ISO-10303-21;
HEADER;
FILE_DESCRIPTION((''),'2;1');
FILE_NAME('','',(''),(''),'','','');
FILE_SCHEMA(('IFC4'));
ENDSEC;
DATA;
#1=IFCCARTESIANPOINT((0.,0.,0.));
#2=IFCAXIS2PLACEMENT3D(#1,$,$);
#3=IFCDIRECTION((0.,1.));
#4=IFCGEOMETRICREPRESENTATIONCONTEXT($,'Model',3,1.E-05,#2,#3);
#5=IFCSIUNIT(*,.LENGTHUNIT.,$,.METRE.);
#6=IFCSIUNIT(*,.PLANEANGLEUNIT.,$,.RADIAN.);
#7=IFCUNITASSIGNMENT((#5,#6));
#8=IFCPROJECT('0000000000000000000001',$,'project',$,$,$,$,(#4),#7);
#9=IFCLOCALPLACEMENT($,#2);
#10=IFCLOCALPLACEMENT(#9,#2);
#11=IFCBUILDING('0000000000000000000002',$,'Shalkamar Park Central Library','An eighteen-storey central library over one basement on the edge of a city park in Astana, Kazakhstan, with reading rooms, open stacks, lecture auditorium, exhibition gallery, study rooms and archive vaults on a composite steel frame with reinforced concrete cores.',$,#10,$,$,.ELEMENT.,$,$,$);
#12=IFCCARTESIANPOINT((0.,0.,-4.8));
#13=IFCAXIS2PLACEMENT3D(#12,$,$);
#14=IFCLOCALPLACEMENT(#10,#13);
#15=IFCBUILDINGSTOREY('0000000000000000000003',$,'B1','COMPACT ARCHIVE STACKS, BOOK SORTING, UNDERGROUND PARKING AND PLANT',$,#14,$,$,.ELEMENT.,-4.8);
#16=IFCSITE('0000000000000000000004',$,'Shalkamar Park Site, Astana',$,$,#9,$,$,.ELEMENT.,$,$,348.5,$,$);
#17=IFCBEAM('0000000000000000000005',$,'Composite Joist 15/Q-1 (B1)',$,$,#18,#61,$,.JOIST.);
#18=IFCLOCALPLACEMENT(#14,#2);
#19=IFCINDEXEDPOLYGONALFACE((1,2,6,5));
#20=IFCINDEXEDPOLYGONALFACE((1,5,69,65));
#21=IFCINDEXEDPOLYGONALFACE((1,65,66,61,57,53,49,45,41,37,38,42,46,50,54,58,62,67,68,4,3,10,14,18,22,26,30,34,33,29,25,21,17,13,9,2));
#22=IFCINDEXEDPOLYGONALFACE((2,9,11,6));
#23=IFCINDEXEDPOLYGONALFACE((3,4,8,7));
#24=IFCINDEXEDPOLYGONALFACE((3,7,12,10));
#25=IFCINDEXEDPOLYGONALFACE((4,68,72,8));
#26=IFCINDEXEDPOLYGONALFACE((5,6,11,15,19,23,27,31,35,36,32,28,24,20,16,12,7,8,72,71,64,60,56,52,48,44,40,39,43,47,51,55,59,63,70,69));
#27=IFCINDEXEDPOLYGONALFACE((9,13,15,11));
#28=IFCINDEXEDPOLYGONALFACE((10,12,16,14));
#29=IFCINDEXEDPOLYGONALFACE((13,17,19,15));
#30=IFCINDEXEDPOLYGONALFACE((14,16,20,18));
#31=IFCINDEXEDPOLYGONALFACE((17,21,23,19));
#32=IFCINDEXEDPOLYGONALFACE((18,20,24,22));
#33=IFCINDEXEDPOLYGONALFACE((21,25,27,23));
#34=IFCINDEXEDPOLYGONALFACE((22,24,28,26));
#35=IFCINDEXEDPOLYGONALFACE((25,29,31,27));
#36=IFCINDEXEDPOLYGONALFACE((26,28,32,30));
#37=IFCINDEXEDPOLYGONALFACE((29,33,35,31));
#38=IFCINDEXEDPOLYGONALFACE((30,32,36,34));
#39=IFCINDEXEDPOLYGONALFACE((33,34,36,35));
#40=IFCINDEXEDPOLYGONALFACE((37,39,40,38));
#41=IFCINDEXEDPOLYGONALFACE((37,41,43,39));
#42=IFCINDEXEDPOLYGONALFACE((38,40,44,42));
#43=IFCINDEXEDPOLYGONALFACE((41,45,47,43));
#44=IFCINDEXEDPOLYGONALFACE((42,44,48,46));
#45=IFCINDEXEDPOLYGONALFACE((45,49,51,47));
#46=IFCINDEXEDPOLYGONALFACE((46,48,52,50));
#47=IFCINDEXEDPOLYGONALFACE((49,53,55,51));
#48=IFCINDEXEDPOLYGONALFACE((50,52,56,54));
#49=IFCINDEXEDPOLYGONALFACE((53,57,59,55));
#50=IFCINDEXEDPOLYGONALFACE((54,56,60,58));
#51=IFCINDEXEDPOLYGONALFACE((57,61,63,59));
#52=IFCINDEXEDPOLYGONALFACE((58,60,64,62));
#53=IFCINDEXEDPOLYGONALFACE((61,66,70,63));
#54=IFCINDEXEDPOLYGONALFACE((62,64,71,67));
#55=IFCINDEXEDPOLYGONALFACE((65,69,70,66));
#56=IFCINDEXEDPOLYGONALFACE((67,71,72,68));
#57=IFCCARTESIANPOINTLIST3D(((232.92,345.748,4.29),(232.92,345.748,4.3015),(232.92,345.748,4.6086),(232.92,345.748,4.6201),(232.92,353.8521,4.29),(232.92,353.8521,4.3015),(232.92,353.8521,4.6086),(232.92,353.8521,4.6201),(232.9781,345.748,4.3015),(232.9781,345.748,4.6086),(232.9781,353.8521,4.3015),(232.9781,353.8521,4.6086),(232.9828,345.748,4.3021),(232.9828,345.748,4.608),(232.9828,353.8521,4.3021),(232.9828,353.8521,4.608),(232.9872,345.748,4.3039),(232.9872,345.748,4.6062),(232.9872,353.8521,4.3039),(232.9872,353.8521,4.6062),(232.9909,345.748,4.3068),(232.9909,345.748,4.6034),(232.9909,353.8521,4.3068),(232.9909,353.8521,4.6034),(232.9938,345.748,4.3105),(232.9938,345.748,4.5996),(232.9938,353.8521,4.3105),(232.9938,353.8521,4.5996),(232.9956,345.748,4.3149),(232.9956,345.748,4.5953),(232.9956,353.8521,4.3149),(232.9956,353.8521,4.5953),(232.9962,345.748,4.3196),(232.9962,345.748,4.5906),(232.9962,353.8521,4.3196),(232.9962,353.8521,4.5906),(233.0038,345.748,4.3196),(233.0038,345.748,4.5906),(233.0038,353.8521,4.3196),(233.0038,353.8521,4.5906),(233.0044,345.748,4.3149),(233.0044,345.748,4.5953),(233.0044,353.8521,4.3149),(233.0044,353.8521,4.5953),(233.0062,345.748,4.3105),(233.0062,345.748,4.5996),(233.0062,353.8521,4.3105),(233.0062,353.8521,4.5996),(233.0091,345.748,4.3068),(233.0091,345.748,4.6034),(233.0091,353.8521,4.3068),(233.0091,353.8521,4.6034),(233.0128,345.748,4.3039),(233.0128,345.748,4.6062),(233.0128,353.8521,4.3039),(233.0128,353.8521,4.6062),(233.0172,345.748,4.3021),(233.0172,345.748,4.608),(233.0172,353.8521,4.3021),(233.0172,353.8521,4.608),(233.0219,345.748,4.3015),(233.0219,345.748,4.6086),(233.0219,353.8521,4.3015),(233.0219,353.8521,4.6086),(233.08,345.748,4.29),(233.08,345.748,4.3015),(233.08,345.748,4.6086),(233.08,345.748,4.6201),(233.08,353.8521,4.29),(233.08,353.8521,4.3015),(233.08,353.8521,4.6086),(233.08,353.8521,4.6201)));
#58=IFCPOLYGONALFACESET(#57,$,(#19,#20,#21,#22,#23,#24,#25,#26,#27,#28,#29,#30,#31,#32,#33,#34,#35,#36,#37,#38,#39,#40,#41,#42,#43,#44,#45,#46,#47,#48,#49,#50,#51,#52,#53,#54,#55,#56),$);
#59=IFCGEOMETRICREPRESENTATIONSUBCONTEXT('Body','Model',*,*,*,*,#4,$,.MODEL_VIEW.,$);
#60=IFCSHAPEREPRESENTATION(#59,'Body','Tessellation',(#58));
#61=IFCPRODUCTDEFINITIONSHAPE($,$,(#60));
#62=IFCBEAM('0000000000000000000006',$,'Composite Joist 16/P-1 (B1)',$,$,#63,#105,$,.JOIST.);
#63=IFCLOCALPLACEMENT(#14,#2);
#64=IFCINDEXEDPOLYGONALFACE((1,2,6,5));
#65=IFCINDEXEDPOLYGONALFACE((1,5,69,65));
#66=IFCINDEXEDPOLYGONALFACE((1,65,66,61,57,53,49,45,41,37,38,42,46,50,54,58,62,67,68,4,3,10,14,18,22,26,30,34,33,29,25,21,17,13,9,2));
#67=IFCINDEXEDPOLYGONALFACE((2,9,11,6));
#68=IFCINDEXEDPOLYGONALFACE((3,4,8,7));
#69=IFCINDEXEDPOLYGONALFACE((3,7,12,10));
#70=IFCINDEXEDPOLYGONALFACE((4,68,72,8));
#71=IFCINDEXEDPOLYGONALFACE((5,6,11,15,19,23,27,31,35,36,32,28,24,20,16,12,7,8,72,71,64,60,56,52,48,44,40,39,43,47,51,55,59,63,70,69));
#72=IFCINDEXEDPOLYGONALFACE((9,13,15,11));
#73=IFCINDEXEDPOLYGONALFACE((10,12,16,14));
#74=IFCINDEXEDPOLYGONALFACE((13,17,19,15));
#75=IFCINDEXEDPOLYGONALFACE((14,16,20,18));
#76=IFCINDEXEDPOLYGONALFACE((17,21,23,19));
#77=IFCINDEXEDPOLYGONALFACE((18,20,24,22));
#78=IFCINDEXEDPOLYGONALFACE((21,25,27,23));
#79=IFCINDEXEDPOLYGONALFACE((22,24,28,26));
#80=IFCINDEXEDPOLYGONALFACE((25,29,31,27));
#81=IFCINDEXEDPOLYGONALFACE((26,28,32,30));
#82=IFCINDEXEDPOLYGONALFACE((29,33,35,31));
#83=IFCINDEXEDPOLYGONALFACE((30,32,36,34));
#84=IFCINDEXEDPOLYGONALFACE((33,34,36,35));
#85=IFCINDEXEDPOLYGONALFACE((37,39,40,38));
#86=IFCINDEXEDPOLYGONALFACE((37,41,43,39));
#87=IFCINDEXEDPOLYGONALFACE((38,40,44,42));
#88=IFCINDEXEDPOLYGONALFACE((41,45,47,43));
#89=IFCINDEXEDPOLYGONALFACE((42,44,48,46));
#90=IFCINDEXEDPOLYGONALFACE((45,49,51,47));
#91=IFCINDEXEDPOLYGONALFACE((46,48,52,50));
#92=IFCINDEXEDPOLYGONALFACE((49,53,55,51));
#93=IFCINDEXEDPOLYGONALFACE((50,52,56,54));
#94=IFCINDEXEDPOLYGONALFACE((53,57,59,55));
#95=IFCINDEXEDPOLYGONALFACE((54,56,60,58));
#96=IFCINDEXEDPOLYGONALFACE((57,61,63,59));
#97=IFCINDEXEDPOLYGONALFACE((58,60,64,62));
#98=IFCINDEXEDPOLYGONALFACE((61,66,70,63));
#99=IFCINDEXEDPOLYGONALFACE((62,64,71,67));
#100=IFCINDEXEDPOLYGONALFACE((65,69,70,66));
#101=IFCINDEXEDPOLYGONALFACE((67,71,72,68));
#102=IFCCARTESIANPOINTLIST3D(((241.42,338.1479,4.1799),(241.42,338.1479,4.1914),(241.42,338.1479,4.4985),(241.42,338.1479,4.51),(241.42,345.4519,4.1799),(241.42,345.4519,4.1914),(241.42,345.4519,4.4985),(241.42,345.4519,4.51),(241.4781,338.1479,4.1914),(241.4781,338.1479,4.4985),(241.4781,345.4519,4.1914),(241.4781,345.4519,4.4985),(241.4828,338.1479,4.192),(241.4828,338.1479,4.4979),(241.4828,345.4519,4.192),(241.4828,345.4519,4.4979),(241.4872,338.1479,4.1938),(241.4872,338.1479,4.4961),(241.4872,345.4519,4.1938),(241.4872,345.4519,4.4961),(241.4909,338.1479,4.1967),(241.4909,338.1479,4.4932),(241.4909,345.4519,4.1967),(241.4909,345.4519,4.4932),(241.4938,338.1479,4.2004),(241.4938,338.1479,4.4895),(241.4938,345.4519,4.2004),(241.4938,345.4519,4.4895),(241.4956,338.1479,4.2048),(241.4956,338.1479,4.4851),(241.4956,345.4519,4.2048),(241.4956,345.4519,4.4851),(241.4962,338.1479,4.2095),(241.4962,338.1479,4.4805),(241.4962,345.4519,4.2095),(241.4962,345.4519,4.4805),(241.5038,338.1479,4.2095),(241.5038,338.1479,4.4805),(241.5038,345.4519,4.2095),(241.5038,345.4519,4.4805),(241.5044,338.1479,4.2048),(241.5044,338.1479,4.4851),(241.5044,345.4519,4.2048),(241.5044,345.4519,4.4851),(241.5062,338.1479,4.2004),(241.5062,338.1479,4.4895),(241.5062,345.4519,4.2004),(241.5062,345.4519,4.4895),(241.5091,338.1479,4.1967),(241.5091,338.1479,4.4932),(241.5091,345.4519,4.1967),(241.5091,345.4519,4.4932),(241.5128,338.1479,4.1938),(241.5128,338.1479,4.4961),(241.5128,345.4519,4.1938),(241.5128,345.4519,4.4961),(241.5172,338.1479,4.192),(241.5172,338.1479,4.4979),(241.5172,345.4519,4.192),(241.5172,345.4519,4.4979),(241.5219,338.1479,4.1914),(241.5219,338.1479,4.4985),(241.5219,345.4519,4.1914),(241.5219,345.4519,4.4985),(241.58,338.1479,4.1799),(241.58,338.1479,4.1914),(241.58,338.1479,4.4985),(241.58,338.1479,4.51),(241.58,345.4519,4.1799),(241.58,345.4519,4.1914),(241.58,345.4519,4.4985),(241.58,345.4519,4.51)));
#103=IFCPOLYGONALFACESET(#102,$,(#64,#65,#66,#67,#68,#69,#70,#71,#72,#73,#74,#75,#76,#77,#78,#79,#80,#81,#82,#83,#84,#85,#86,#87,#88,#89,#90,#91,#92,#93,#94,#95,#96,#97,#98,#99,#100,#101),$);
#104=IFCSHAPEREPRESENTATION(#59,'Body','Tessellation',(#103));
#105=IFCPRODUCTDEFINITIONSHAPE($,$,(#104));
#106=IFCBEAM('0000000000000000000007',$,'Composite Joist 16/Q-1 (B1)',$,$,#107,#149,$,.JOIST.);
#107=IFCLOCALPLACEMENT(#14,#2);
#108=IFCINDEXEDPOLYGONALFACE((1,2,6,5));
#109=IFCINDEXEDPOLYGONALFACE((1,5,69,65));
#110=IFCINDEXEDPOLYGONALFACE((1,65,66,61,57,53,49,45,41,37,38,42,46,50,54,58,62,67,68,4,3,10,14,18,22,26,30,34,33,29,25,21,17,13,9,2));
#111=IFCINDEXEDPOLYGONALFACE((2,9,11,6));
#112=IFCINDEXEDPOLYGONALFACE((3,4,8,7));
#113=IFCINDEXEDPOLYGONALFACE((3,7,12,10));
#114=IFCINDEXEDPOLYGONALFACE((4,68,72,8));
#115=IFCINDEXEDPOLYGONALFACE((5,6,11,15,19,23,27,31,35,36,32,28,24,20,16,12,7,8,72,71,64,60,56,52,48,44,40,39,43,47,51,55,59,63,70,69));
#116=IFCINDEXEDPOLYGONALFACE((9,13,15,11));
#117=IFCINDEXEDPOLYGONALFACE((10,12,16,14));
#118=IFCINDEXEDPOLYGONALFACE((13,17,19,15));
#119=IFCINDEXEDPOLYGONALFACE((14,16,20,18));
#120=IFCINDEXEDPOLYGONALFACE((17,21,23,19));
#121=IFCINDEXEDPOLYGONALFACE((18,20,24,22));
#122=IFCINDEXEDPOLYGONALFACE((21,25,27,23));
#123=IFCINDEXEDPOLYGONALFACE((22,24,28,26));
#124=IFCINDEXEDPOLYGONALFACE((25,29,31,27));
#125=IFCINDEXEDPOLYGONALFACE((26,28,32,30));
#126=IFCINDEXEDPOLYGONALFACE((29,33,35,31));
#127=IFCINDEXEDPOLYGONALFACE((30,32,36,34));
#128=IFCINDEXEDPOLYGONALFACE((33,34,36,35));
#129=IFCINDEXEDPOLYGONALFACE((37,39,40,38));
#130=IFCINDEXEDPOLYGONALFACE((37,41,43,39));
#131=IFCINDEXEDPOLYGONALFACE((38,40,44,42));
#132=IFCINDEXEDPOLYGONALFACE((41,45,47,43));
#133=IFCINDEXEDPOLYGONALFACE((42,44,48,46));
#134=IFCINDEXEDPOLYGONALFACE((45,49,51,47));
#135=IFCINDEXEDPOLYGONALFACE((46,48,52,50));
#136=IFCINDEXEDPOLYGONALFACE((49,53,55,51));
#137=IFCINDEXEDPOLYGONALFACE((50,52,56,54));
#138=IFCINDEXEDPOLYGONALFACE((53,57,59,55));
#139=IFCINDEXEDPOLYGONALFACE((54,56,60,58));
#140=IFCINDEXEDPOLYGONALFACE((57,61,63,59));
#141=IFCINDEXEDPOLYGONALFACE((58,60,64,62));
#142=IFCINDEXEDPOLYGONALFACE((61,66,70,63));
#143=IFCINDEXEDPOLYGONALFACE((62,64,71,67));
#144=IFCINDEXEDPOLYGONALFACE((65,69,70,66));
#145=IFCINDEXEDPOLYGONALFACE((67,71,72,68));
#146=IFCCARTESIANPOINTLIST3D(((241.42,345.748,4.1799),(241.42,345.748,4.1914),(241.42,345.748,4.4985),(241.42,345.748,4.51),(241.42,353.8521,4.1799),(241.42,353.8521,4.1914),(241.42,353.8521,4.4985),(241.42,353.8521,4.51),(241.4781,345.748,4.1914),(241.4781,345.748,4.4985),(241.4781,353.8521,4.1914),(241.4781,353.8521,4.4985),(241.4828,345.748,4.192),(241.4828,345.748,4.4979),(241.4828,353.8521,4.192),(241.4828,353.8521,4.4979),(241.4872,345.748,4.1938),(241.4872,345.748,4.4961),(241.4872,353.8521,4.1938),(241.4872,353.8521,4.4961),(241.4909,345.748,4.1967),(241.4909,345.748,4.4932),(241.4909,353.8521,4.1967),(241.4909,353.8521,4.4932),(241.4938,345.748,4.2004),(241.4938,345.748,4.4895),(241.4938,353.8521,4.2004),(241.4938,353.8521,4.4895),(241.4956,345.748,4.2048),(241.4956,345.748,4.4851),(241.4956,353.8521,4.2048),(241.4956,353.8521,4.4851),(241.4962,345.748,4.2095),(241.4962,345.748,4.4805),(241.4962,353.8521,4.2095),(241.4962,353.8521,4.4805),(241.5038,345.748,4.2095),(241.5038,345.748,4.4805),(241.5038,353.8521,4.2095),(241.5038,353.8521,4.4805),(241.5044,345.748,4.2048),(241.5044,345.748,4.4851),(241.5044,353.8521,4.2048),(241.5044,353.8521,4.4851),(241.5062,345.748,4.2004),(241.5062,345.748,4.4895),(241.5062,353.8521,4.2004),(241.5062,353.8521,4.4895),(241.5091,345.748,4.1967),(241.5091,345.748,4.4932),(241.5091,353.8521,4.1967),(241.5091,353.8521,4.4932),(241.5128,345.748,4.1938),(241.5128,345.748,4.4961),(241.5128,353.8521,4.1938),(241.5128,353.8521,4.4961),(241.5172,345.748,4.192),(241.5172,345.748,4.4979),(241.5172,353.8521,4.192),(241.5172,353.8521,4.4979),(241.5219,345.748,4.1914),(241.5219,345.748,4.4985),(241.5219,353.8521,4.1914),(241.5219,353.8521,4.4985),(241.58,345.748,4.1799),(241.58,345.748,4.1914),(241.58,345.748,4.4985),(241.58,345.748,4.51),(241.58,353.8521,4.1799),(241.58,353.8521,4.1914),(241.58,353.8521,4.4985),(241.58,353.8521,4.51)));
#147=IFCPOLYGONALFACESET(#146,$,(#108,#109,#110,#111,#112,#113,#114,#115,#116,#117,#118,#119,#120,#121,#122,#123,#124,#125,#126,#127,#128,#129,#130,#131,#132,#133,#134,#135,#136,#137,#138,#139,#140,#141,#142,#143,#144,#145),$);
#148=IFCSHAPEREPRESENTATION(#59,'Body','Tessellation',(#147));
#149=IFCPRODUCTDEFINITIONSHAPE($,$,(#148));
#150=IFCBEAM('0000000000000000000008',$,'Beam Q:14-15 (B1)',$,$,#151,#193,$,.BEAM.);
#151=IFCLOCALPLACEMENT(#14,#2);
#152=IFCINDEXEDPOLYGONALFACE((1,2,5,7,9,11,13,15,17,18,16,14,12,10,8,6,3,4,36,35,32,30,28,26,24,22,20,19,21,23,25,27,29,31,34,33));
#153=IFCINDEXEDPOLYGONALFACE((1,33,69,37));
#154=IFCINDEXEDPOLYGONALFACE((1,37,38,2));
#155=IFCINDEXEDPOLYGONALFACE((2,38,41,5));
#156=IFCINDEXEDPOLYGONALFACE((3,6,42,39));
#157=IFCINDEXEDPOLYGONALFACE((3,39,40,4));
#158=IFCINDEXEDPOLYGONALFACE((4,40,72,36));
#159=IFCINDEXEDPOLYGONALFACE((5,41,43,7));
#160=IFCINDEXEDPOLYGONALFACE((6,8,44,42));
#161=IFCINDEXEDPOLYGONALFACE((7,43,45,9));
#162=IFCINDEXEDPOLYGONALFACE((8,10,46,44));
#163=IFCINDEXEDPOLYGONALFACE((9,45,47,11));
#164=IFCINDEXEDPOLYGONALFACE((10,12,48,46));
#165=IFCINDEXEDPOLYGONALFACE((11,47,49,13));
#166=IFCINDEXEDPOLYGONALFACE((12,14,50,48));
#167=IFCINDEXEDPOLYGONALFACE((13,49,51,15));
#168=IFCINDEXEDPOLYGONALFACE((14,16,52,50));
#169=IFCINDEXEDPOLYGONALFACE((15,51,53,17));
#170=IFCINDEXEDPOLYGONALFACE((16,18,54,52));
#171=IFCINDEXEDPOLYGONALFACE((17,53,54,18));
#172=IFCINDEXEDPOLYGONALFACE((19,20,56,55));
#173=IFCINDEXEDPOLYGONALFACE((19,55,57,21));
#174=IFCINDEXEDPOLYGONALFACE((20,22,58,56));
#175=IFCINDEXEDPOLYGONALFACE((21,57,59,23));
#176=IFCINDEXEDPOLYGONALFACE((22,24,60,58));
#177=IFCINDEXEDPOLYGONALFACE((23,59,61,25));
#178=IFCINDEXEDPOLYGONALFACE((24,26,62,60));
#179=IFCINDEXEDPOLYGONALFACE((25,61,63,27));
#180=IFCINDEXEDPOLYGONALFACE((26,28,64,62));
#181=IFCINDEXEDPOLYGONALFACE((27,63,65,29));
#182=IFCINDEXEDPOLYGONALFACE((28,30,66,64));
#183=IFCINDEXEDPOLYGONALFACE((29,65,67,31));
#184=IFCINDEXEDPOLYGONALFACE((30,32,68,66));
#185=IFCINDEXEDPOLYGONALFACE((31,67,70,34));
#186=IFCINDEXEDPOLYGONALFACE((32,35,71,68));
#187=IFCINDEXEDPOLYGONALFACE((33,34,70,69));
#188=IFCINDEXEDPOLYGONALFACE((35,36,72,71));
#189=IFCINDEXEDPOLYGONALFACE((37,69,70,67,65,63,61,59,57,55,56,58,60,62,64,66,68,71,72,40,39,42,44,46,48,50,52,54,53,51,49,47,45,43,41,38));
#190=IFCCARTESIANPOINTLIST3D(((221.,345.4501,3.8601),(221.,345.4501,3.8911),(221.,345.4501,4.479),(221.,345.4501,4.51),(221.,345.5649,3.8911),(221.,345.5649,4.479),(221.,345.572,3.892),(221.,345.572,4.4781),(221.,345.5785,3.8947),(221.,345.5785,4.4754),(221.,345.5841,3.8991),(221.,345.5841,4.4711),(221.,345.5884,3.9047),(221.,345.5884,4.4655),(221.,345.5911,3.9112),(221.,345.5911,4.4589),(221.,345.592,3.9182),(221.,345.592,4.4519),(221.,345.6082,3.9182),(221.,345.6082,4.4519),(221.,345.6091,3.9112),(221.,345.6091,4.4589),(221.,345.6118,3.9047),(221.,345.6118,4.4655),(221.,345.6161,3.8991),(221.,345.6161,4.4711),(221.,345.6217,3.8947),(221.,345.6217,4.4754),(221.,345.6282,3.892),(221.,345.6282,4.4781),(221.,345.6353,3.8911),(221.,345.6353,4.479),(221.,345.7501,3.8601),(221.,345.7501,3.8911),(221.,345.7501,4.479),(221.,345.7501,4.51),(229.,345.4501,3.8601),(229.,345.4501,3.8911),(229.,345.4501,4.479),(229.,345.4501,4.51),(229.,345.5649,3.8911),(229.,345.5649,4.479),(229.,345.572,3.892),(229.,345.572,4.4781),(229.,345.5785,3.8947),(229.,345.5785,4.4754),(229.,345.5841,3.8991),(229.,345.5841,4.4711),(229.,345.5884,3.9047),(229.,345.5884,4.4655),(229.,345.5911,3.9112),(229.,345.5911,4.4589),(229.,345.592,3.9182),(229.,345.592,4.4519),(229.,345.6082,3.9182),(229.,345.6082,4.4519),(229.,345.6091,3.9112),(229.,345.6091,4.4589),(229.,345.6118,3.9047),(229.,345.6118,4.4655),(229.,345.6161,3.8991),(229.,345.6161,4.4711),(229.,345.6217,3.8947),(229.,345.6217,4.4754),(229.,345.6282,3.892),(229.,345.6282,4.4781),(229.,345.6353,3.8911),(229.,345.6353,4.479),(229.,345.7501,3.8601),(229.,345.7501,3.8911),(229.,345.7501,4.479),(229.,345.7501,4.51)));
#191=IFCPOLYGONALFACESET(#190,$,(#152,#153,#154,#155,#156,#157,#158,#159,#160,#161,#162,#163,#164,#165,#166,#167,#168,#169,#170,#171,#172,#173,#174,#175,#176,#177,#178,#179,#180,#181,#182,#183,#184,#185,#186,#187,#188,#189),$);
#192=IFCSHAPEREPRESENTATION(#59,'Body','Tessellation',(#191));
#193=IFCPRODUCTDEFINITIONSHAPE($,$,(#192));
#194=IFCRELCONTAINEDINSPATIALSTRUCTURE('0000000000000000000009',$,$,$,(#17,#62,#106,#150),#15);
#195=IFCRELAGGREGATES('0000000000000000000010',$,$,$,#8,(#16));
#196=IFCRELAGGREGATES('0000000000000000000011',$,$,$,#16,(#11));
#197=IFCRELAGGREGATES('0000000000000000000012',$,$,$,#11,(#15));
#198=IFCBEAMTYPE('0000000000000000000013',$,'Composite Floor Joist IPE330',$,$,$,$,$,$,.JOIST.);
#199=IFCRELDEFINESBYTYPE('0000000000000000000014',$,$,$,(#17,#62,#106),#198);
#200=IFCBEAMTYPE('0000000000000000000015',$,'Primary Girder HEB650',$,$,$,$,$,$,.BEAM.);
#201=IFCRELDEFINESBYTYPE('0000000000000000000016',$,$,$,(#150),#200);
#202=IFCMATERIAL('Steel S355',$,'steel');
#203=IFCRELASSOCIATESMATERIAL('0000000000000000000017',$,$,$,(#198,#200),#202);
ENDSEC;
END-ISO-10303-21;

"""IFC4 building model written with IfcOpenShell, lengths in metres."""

from ifc_helpers import new_model, si_unit, direction, frame, origin, origin_2d, place, context, subcontext, project, spatial, i_section, extrude, material, material_profile, profile_set, type_object, element, save


model = new_model("IFC4")

# Units and contexts
model_context = context("Model", 3, precision=1e-05, world=origin(), true_north=direction((0.0, 1.0)))
body_context = subcontext(model_context, "Body", "Model", "MODEL_VIEW")
ifc_project = project(units=[si_unit("LENGTHUNIT", "METRE"), si_unit("PLANEANGLEUNIT", "RADIAN")], contexts=[model_context])

# Site, building, storey
site_placement = place(None, origin())
site = spatial("IfcSite", under=ifc_project, at=site_placement, Name="Shalkamar Park Site, Astana", CompositionType="ELEMENT", RefElevation=348.5)
building_placement = place(site_placement, origin())
building = spatial("IfcBuilding", under=site, at=building_placement, Name="Shalkamar Park Central Library", Description="An eighteen-storey central library over one basement on the edge of a city park in Astana, Kazakhstan, with reading rooms, open stacks, lecture auditorium, exhibition gallery, study rooms and archive vaults on a composite steel frame with reinforced concrete cores.", CompositionType="ELEMENT")
storey_placement = place(building_placement, frame((0.0, 0.0, -4.8)))
storey = spatial("IfcBuildingStorey", under=building, at=storey_placement, Name="B1", Description="COMPACT ARCHIVE STACKS, BOOK SORTING, UNDERGROUND PARKING AND PLANT", CompositionType="ELEMENT", Elevation=-4.8)

# Shared definitions
ifc_material_1 = material(Name="Steel S355", Category="steel")

# Beams
ifc_material_profile_1 = material_profile(ifc_material_1, i_section(OverallWidth=0.1599, OverallDepth=0.3301, WebThickness=0.0076, FlangeThickness=0.0115, FilletRadius=0.0181, at=origin_2d()), Name="IPE 330")
ifc_profile_set_1 = profile_set([ifc_material_profile_1], Name="Steel S355")
beam_type_1 = type_object("IfcBeamType", Name="Composite Floor Joist IPE330", PredefinedType="JOIST", material=ifc_profile_set_1)
for number, where, z_axis, x_axis, name in (
    (1, (233.0, 345.748, 4.4551), (0.0, 1.0, 0.0), (-1.0, 0.0, 0.0), "Composite Joist 15/Q-1 (B1)"),
):
    element("IfcBeam", number, at=place(storey_placement, frame(where, z_axis=z_axis, x_axis=x_axis)), inside=storey, type_object=beam_type_1, Name=name, PredefinedType="JOIST", context=body_context, shape_type="SweptSolid", body=[
        extrude(i_section(OverallWidth=0.1599, OverallDepth=0.3301, WebThickness=0.0076, FlangeThickness=0.0115, FilletRadius=0.0181, at=origin_2d()), origin(), (0.0, 0.0, 1.0), 8.104),
    ])
beam_1_placement = place(storey_placement, frame((241.5, 338.1479, 4.345), z_axis=(0.0, 1.0, 0.0), x_axis=(-1.0, 0.0, 0.0)))
element("IfcBeam", 2, at=beam_1_placement, inside=storey, type_object=beam_type_1, Name="Composite Joist 16/P-1 (B1)", PredefinedType="JOIST", context=body_context, shape_type="SweptSolid", body=[
    extrude(i_section(OverallWidth=0.1599, OverallDepth=0.3301, WebThickness=0.0076, FlangeThickness=0.0115, FilletRadius=0.0181, at=origin_2d()), origin(), (0.0, 0.0, 1.0), 7.304),
])
beam_2_placement = place(storey_placement, frame((241.5, 345.748, 4.345), z_axis=(0.0, 1.0, 0.0), x_axis=(-1.0, 0.0, 0.0)))
element("IfcBeam", 3, at=beam_2_placement, inside=storey, type_object=beam_type_1, Name="Composite Joist 16/Q-1 (B1)", PredefinedType="JOIST", context=body_context, shape_type="SweptSolid", body=[
    extrude(i_section(OverallWidth=0.1599, OverallDepth=0.3301, WebThickness=0.0076, FlangeThickness=0.0115, FilletRadius=0.0181, at=origin_2d()), origin(), (0.0, 0.0, 1.0), 8.104),
])
ifc_material_profile_2 = material_profile(ifc_material_1, i_section(OverallWidth=0.3, OverallDepth=0.6499, WebThickness=0.0161, FlangeThickness=0.031, FilletRadius=0.0271, at=origin_2d()), Name="HEB 650")
ifc_profile_set_2 = profile_set([ifc_material_profile_2], Name="Steel S355")
beam_type_2 = type_object("IfcBeamType", Name="Primary Girder HEB650", PredefinedType="BEAM", material=ifc_profile_set_2)
for number, where, z_axis, x_axis, name in (
    (4, (221.0, 345.6001, 4.1851), (1.0, 0.0, 0.0), (0.0, 1.0, 0.0), "Beam Q:14-15 (B1)"),
):
    element("IfcBeam", number, at=place(storey_placement, frame(where, z_axis=z_axis, x_axis=x_axis)), inside=storey, type_object=beam_type_2, Name=name, PredefinedType="BEAM", context=body_context, shape_type="SweptSolid", body=[
        extrude(i_section(OverallWidth=0.3, OverallDepth=0.6499, WebThickness=0.0161, FlangeThickness=0.031, FilletRadius=0.0271, at=origin_2d()), origin(), (0.0, 0.0, 1.0), 8.0),
    ])

save(model, "model.ifc")
